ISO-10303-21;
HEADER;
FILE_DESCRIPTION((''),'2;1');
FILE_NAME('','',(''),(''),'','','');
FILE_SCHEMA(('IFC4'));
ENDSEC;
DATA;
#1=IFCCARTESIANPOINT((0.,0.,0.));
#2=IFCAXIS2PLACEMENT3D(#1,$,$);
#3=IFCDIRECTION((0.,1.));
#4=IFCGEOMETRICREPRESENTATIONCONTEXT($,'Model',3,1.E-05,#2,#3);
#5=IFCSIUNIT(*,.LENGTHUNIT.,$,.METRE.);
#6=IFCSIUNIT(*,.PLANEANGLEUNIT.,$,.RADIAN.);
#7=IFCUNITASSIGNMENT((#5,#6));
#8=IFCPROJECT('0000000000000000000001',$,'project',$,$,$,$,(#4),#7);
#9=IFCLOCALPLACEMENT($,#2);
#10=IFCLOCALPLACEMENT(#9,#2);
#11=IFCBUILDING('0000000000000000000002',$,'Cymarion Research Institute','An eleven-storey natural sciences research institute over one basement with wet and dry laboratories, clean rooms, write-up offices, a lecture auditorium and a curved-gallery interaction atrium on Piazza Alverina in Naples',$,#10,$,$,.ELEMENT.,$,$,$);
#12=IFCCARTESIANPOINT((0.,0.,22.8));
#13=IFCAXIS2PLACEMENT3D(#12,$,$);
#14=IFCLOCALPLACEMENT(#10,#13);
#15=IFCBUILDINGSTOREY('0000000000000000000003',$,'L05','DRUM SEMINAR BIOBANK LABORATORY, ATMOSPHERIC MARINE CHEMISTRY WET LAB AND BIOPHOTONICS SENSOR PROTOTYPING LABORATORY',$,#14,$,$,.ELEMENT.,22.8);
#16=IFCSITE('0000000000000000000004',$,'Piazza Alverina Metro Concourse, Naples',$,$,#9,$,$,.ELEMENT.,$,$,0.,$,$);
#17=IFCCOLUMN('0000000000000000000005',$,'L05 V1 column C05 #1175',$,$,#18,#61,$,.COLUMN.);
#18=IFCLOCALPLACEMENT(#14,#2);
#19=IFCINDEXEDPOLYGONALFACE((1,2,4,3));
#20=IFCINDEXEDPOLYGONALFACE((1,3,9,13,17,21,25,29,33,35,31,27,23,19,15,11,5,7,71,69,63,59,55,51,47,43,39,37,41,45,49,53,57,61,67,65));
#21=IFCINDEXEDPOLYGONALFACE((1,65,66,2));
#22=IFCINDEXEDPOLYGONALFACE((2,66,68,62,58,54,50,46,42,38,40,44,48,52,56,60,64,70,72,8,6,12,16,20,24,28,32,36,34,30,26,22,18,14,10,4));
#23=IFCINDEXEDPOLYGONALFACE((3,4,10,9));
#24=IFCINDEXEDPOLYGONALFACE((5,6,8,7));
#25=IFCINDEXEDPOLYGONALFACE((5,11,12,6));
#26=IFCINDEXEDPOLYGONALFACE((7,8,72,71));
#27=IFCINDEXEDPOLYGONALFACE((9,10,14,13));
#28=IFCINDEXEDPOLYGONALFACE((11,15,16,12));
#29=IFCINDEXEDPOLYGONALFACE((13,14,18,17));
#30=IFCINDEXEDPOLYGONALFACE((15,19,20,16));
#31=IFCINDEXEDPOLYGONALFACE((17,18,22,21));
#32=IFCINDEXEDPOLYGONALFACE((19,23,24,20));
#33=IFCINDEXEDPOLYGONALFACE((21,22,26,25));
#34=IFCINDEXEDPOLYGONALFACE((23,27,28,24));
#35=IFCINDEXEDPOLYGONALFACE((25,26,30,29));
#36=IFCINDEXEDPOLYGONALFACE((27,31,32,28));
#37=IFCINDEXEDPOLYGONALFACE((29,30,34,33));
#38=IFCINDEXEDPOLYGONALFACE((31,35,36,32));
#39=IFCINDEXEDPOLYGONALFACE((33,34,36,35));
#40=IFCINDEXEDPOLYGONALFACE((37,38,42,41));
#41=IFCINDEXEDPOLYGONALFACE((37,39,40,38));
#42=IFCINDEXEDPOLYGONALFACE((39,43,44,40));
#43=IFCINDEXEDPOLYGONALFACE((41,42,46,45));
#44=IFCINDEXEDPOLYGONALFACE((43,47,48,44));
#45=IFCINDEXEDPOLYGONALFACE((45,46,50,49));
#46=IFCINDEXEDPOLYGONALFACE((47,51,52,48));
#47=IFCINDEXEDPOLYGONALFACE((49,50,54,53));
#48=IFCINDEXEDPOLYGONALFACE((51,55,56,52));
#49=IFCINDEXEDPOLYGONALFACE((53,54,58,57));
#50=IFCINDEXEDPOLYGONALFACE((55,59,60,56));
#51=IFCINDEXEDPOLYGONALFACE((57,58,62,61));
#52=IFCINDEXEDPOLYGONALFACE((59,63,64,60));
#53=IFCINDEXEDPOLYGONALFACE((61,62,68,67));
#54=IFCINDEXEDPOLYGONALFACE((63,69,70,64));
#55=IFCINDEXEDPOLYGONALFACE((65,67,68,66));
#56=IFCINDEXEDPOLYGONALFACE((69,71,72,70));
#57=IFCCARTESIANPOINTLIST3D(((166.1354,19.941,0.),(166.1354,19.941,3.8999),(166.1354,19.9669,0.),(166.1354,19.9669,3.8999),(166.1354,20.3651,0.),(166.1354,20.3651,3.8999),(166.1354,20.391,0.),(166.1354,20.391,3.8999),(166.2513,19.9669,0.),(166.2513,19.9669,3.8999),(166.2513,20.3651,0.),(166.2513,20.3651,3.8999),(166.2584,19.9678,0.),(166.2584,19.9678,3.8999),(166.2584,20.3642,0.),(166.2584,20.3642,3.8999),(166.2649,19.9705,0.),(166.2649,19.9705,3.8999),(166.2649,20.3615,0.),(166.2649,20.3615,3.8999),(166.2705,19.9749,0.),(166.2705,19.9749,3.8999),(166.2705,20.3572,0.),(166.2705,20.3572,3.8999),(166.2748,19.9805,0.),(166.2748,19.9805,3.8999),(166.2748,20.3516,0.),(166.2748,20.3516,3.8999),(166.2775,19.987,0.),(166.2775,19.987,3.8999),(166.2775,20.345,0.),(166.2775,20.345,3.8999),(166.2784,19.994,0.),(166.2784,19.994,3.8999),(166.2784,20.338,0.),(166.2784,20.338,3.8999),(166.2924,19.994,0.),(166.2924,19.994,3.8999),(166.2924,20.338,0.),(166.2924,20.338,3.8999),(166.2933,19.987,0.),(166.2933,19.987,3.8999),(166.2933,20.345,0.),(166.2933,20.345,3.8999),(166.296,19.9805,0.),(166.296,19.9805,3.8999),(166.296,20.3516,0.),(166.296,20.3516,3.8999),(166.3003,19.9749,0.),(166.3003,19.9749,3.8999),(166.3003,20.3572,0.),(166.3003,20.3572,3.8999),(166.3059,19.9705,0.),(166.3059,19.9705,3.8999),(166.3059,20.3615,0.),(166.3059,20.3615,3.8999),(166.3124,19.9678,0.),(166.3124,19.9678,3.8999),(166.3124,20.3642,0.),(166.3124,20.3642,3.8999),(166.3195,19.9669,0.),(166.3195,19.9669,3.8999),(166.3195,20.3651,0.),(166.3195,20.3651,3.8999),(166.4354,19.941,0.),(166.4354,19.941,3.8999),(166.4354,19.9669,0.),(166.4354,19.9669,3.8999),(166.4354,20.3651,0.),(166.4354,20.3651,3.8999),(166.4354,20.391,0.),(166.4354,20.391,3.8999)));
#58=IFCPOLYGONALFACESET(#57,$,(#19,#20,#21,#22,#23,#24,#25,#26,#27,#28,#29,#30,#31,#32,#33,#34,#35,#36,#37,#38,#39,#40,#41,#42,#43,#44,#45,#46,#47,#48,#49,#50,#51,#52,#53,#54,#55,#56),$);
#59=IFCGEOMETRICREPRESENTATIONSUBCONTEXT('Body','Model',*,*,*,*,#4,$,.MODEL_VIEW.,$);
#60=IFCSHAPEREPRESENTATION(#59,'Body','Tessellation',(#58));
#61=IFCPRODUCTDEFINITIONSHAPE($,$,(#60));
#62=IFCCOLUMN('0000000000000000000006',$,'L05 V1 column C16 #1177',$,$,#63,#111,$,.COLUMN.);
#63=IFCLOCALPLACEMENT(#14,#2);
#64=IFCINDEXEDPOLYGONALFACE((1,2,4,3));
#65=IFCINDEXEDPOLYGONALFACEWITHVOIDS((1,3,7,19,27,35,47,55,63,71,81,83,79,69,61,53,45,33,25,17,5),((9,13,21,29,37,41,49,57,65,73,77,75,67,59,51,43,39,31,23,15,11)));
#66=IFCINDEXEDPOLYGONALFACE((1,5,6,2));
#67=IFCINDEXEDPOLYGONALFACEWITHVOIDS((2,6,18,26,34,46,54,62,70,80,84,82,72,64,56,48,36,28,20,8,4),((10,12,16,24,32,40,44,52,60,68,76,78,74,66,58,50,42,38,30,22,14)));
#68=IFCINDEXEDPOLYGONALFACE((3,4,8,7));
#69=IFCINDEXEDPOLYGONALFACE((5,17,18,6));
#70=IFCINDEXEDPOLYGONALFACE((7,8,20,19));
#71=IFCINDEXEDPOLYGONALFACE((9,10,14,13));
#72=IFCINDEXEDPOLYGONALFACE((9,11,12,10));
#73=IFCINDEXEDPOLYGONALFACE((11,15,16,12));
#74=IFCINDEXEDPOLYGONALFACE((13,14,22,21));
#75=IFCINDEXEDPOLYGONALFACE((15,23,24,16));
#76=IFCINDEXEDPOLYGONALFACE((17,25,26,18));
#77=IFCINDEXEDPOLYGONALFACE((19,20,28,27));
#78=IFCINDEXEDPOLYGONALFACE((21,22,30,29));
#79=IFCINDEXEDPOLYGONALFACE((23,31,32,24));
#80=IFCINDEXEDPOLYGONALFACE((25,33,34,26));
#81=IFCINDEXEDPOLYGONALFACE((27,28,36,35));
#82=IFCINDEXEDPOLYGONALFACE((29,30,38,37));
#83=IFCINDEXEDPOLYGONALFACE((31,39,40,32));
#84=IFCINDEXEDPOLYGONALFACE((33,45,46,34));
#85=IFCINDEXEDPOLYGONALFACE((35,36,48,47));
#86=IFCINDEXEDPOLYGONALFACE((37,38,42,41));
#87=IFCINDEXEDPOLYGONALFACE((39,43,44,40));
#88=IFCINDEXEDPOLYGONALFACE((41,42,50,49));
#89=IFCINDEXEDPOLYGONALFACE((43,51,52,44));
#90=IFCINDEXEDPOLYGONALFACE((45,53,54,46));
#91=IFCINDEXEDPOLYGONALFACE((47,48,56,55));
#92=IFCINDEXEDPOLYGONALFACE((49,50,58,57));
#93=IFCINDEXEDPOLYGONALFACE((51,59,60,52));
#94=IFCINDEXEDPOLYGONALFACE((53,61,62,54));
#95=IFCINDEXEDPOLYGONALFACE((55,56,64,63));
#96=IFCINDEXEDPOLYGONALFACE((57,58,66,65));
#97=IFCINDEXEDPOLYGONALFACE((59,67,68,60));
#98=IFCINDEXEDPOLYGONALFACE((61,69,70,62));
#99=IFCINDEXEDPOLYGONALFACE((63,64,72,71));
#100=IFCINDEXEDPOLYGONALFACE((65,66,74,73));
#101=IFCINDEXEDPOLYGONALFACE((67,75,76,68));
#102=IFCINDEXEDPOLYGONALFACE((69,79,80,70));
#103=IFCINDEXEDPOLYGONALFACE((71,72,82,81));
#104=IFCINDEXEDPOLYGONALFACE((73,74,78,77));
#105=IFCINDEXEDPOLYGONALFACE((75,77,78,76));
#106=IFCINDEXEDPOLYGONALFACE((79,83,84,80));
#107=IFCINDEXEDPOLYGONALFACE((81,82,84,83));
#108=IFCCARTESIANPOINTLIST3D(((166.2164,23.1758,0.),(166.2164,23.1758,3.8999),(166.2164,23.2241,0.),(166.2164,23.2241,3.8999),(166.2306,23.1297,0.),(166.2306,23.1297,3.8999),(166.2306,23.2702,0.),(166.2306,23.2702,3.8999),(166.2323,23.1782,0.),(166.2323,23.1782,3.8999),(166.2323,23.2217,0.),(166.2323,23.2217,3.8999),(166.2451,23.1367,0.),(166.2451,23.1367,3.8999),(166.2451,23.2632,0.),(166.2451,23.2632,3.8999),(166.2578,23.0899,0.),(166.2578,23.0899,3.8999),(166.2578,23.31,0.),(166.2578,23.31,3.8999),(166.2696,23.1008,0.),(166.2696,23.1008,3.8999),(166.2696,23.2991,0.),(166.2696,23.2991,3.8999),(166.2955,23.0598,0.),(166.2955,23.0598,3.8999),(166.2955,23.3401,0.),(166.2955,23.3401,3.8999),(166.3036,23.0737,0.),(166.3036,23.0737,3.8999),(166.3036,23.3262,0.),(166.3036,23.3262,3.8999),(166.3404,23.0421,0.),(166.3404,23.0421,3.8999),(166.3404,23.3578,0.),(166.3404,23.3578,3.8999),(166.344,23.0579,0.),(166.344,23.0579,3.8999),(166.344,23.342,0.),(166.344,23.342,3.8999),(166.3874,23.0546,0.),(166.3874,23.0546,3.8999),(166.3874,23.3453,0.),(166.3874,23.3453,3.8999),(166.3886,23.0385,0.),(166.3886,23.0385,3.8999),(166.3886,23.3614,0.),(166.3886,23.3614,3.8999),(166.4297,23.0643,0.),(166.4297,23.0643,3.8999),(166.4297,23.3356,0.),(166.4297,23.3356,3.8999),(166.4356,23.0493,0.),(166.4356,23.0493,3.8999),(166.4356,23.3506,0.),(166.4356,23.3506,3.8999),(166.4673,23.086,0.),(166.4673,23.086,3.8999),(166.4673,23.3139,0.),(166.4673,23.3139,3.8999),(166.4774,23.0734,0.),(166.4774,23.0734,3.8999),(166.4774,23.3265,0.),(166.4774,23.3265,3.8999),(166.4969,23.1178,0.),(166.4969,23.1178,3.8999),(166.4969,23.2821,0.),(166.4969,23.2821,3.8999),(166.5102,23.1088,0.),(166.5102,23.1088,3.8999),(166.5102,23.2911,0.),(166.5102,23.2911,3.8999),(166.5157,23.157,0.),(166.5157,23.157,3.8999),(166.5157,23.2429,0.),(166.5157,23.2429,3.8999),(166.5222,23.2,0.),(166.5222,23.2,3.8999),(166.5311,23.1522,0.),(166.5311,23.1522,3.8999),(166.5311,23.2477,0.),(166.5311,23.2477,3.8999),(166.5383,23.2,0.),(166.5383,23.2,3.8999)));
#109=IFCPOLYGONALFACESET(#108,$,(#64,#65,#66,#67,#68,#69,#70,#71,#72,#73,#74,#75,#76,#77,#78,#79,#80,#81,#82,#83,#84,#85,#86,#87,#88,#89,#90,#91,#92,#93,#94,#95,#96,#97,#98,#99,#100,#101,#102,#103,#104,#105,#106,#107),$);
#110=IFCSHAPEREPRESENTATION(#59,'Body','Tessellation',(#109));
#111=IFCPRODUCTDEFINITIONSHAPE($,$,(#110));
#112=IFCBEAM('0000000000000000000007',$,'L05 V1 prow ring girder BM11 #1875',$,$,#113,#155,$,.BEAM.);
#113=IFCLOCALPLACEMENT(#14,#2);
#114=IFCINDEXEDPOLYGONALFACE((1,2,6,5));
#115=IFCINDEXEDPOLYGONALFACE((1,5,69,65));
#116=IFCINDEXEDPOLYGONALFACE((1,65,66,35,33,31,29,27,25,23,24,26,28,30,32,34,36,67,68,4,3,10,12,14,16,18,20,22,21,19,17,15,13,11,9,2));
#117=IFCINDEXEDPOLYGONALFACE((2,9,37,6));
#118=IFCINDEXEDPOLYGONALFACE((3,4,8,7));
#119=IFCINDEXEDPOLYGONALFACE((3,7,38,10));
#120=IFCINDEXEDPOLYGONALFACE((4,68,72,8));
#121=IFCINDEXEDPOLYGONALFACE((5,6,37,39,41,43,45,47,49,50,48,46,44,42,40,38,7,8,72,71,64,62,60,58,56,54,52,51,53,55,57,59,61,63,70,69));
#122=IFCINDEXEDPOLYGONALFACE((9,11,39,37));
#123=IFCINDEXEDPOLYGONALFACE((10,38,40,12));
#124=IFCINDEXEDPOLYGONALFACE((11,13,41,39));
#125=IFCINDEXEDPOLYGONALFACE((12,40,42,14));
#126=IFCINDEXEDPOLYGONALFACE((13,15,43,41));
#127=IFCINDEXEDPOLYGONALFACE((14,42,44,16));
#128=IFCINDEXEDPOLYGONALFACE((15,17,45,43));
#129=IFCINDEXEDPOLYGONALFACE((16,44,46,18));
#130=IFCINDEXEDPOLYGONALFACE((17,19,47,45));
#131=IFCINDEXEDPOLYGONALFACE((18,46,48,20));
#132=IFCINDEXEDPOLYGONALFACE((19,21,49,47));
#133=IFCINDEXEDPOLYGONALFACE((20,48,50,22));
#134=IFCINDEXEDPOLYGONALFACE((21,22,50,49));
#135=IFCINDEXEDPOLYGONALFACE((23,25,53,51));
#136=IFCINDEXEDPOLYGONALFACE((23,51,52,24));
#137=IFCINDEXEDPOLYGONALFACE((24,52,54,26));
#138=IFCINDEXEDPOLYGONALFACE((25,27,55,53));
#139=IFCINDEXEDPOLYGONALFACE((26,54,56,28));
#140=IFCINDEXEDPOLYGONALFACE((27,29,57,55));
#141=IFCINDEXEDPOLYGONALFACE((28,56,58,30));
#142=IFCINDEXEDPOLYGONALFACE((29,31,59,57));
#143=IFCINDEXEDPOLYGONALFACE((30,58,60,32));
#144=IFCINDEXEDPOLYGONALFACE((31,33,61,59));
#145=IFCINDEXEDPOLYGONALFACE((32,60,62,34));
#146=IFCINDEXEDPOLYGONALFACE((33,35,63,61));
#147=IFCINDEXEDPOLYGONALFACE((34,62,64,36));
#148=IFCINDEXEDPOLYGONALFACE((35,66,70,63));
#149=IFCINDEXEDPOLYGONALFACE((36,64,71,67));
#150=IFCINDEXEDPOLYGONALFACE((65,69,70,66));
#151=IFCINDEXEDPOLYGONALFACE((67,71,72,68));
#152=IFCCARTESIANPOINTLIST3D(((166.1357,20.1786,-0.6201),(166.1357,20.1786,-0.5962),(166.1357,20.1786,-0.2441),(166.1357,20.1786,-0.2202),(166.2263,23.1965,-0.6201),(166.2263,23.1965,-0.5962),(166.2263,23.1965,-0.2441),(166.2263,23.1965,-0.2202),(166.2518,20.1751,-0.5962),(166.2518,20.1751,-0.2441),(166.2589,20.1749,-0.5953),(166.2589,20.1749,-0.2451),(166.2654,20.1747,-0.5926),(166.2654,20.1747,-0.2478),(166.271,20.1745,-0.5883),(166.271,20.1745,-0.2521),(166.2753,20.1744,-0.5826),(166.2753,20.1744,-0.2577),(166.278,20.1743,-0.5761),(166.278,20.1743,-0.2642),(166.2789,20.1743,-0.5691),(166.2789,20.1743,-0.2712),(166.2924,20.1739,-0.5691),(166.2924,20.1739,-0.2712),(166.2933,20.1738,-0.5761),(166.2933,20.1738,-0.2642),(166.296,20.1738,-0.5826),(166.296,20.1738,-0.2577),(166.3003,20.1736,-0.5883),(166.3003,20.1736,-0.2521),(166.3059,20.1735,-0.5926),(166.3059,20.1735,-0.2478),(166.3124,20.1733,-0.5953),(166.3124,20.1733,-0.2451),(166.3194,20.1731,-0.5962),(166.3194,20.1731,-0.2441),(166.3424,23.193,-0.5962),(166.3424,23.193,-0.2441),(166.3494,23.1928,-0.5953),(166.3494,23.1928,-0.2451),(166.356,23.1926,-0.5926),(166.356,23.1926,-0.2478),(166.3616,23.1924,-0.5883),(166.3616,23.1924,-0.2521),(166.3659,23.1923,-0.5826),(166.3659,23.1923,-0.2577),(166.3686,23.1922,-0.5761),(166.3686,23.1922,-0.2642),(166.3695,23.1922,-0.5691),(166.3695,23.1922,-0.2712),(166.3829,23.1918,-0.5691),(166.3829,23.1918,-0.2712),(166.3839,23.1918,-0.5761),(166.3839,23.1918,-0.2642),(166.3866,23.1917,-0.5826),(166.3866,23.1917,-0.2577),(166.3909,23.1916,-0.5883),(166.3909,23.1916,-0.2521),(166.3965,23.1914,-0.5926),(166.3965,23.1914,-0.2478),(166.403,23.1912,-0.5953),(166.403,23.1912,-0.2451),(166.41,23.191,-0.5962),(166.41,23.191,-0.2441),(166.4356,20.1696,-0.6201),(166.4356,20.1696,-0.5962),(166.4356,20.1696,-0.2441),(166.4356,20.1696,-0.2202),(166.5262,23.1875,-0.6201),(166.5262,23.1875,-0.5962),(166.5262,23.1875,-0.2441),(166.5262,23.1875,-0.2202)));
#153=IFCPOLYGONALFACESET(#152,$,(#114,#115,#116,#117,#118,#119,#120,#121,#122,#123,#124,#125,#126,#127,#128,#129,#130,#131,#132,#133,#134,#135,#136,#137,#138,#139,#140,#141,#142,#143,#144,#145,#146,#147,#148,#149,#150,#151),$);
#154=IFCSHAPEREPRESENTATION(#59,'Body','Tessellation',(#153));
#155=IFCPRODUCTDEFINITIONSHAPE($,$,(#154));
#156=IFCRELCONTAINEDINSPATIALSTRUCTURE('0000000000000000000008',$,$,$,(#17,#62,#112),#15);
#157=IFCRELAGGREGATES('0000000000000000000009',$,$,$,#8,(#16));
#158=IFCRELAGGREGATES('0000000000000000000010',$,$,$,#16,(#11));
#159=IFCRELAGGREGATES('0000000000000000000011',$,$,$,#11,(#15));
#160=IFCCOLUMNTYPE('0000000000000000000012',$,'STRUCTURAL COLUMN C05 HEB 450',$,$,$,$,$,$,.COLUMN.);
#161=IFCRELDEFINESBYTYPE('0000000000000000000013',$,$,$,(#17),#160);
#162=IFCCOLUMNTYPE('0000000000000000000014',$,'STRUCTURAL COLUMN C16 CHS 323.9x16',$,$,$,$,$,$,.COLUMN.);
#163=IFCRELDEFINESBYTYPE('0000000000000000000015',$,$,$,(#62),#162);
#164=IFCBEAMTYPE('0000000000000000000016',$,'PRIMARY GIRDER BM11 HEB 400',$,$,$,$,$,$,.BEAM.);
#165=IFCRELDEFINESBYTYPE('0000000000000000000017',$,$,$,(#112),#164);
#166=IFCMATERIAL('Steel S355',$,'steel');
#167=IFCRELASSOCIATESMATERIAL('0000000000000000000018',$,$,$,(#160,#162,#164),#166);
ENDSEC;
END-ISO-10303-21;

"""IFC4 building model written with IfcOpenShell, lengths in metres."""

from ifc_helpers import new_model, si_unit, direction, frame, origin, origin_2d, place, context, subcontext, project, spatial, hollow_circle, i_section, extrude, material, material_profile, profile_set, type_object, element, save


model = new_model("IFC4")

# Units and contexts
model_context = context("Model", 3, precision=1e-05, world=origin(), true_north=direction((0.0, 1.0)))
body_context = subcontext(model_context, "Body", "Model", "MODEL_VIEW")
ifc_project = project(units=[si_unit("LENGTHUNIT", "METRE"), si_unit("PLANEANGLEUNIT", "RADIAN")], contexts=[model_context])

# Site, building, storey
site_placement = place(None, origin())
site = spatial("IfcSite", under=ifc_project, at=site_placement, Name="Piazza Alverina Metro Concourse, Naples", CompositionType="ELEMENT", RefElevation=0.0)
building_placement = place(site_placement, origin())
building = spatial("IfcBuilding", under=site, at=building_placement, Name="Cymarion Research Institute", Description="An eleven-storey natural sciences research institute over one basement with wet and dry laboratories, clean rooms, write-up offices, a lecture auditorium and a curved-gallery interaction atrium on Piazza Alverina in Naples", CompositionType="ELEMENT")
storey_placement = place(building_placement, frame((0.0, 0.0, 22.8)))
storey = spatial("IfcBuildingStorey", under=building, at=storey_placement, Name="L05", Description="DRUM SEMINAR BIOBANK LABORATORY, ATMOSPHERIC MARINE CHEMISTRY WET LAB AND BIOPHOTONICS SENSOR PROTOTYPING LABORATORY", CompositionType="ELEMENT", Elevation=22.8)

# Columns
ifc_material_1 = material(Name="Steel S355", Category="steel")
ifc_material_profile_1 = material_profile(ifc_material_1, i_section(OverallWidth=0.3, OverallDepth=0.45, WebThickness=0.0139, FlangeThickness=0.0259, FilletRadius=0.0271, at=origin_2d()), Name="HEB 450")
ifc_profile_set_1 = profile_set([ifc_material_profile_1], Name="Steel S355")
column_type_1 = type_object("IfcColumnType", Name="STRUCTURAL COLUMN C05 HEB 450", PredefinedType="COLUMN", material=ifc_profile_set_1)
column_1_placement = place(storey_placement, frame((166.2854, 20.166, 0.0), z_axis=(0.0, 0.0, 1.0), x_axis=(1.0, 0.0, 0.0)))
element("IfcColumn", 1, at=column_1_placement, inside=storey, type_object=column_type_1, Name="L05 V1 column C05 #1175", PredefinedType="COLUMN", context=body_context, shape_type="SweptSolid", body=[
    extrude(i_section(OverallWidth=0.3, OverallDepth=0.45, WebThickness=0.0139, FlangeThickness=0.0259, FilletRadius=0.0271, at=origin_2d()), origin(), (0.0, 0.0, 1.0), 3.8999),
])
ifc_material_profile_2 = material_profile(ifc_material_1, hollow_circle(Radius=0.1619, WallThickness=0.0161, at=origin_2d()), Name="CHS 323.9x16")
ifc_profile_set_2 = profile_set([ifc_material_profile_2], Name="Steel S355")
column_type_2 = type_object("IfcColumnType", Name="STRUCTURAL COLUMN C16 CHS 323.9x16", PredefinedType="COLUMN", material=ifc_profile_set_2)
column_2_placement = place(storey_placement, frame((166.3765, 23.2, 0.0), z_axis=(0.0, 0.0, 1.0), x_axis=(1.0, 0.0, 0.0)))
element("IfcColumn", 2, at=column_2_placement, inside=storey, type_object=column_type_2, Name="L05 V1 column C16 #1177", PredefinedType="COLUMN", context=body_context, shape_type="SweptSolid", body=[
    extrude(hollow_circle(Radius=0.1619, WallThickness=0.0161, at=origin_2d()), origin(), (0.0, 0.0, 1.0), 3.8999),
])

# Beam
ifc_material_profile_3 = material_profile(ifc_material_1, i_section(OverallWidth=0.3, OverallDepth=0.3999, WebThickness=0.0134, FlangeThickness=0.0239, FilletRadius=0.0271, at=origin_2d()), Name="HEB 400")
ifc_profile_set_3 = profile_set([ifc_material_profile_3], Name="Steel S355")
beam_type = type_object("IfcBeamType", Name="PRIMARY GIRDER BM11 HEB 400", PredefinedType="BEAM", material=ifc_profile_set_3)
beam_1_placement = place(storey_placement, frame((166.2856, 20.1741, -0.4202), z_axis=(0.03, 0.99955, 0.0), x_axis=(-0.99955, 0.03, 0.0)))
element("IfcBeam", 3, at=beam_1_placement, inside=storey, type_object=beam_type, Name="L05 V1 prow ring girder BM11 #1875", PredefinedType="BEAM", context=body_context, shape_type="SweptSolid", body=[
    extrude(i_section(OverallWidth=0.3, OverallDepth=0.3999, WebThickness=0.0134, FlangeThickness=0.0239, FilletRadius=0.0271, at=origin_2d()), origin(), (0.0, 0.0, 1.0), 3.0193),
])

save(model, "model.ifc")
